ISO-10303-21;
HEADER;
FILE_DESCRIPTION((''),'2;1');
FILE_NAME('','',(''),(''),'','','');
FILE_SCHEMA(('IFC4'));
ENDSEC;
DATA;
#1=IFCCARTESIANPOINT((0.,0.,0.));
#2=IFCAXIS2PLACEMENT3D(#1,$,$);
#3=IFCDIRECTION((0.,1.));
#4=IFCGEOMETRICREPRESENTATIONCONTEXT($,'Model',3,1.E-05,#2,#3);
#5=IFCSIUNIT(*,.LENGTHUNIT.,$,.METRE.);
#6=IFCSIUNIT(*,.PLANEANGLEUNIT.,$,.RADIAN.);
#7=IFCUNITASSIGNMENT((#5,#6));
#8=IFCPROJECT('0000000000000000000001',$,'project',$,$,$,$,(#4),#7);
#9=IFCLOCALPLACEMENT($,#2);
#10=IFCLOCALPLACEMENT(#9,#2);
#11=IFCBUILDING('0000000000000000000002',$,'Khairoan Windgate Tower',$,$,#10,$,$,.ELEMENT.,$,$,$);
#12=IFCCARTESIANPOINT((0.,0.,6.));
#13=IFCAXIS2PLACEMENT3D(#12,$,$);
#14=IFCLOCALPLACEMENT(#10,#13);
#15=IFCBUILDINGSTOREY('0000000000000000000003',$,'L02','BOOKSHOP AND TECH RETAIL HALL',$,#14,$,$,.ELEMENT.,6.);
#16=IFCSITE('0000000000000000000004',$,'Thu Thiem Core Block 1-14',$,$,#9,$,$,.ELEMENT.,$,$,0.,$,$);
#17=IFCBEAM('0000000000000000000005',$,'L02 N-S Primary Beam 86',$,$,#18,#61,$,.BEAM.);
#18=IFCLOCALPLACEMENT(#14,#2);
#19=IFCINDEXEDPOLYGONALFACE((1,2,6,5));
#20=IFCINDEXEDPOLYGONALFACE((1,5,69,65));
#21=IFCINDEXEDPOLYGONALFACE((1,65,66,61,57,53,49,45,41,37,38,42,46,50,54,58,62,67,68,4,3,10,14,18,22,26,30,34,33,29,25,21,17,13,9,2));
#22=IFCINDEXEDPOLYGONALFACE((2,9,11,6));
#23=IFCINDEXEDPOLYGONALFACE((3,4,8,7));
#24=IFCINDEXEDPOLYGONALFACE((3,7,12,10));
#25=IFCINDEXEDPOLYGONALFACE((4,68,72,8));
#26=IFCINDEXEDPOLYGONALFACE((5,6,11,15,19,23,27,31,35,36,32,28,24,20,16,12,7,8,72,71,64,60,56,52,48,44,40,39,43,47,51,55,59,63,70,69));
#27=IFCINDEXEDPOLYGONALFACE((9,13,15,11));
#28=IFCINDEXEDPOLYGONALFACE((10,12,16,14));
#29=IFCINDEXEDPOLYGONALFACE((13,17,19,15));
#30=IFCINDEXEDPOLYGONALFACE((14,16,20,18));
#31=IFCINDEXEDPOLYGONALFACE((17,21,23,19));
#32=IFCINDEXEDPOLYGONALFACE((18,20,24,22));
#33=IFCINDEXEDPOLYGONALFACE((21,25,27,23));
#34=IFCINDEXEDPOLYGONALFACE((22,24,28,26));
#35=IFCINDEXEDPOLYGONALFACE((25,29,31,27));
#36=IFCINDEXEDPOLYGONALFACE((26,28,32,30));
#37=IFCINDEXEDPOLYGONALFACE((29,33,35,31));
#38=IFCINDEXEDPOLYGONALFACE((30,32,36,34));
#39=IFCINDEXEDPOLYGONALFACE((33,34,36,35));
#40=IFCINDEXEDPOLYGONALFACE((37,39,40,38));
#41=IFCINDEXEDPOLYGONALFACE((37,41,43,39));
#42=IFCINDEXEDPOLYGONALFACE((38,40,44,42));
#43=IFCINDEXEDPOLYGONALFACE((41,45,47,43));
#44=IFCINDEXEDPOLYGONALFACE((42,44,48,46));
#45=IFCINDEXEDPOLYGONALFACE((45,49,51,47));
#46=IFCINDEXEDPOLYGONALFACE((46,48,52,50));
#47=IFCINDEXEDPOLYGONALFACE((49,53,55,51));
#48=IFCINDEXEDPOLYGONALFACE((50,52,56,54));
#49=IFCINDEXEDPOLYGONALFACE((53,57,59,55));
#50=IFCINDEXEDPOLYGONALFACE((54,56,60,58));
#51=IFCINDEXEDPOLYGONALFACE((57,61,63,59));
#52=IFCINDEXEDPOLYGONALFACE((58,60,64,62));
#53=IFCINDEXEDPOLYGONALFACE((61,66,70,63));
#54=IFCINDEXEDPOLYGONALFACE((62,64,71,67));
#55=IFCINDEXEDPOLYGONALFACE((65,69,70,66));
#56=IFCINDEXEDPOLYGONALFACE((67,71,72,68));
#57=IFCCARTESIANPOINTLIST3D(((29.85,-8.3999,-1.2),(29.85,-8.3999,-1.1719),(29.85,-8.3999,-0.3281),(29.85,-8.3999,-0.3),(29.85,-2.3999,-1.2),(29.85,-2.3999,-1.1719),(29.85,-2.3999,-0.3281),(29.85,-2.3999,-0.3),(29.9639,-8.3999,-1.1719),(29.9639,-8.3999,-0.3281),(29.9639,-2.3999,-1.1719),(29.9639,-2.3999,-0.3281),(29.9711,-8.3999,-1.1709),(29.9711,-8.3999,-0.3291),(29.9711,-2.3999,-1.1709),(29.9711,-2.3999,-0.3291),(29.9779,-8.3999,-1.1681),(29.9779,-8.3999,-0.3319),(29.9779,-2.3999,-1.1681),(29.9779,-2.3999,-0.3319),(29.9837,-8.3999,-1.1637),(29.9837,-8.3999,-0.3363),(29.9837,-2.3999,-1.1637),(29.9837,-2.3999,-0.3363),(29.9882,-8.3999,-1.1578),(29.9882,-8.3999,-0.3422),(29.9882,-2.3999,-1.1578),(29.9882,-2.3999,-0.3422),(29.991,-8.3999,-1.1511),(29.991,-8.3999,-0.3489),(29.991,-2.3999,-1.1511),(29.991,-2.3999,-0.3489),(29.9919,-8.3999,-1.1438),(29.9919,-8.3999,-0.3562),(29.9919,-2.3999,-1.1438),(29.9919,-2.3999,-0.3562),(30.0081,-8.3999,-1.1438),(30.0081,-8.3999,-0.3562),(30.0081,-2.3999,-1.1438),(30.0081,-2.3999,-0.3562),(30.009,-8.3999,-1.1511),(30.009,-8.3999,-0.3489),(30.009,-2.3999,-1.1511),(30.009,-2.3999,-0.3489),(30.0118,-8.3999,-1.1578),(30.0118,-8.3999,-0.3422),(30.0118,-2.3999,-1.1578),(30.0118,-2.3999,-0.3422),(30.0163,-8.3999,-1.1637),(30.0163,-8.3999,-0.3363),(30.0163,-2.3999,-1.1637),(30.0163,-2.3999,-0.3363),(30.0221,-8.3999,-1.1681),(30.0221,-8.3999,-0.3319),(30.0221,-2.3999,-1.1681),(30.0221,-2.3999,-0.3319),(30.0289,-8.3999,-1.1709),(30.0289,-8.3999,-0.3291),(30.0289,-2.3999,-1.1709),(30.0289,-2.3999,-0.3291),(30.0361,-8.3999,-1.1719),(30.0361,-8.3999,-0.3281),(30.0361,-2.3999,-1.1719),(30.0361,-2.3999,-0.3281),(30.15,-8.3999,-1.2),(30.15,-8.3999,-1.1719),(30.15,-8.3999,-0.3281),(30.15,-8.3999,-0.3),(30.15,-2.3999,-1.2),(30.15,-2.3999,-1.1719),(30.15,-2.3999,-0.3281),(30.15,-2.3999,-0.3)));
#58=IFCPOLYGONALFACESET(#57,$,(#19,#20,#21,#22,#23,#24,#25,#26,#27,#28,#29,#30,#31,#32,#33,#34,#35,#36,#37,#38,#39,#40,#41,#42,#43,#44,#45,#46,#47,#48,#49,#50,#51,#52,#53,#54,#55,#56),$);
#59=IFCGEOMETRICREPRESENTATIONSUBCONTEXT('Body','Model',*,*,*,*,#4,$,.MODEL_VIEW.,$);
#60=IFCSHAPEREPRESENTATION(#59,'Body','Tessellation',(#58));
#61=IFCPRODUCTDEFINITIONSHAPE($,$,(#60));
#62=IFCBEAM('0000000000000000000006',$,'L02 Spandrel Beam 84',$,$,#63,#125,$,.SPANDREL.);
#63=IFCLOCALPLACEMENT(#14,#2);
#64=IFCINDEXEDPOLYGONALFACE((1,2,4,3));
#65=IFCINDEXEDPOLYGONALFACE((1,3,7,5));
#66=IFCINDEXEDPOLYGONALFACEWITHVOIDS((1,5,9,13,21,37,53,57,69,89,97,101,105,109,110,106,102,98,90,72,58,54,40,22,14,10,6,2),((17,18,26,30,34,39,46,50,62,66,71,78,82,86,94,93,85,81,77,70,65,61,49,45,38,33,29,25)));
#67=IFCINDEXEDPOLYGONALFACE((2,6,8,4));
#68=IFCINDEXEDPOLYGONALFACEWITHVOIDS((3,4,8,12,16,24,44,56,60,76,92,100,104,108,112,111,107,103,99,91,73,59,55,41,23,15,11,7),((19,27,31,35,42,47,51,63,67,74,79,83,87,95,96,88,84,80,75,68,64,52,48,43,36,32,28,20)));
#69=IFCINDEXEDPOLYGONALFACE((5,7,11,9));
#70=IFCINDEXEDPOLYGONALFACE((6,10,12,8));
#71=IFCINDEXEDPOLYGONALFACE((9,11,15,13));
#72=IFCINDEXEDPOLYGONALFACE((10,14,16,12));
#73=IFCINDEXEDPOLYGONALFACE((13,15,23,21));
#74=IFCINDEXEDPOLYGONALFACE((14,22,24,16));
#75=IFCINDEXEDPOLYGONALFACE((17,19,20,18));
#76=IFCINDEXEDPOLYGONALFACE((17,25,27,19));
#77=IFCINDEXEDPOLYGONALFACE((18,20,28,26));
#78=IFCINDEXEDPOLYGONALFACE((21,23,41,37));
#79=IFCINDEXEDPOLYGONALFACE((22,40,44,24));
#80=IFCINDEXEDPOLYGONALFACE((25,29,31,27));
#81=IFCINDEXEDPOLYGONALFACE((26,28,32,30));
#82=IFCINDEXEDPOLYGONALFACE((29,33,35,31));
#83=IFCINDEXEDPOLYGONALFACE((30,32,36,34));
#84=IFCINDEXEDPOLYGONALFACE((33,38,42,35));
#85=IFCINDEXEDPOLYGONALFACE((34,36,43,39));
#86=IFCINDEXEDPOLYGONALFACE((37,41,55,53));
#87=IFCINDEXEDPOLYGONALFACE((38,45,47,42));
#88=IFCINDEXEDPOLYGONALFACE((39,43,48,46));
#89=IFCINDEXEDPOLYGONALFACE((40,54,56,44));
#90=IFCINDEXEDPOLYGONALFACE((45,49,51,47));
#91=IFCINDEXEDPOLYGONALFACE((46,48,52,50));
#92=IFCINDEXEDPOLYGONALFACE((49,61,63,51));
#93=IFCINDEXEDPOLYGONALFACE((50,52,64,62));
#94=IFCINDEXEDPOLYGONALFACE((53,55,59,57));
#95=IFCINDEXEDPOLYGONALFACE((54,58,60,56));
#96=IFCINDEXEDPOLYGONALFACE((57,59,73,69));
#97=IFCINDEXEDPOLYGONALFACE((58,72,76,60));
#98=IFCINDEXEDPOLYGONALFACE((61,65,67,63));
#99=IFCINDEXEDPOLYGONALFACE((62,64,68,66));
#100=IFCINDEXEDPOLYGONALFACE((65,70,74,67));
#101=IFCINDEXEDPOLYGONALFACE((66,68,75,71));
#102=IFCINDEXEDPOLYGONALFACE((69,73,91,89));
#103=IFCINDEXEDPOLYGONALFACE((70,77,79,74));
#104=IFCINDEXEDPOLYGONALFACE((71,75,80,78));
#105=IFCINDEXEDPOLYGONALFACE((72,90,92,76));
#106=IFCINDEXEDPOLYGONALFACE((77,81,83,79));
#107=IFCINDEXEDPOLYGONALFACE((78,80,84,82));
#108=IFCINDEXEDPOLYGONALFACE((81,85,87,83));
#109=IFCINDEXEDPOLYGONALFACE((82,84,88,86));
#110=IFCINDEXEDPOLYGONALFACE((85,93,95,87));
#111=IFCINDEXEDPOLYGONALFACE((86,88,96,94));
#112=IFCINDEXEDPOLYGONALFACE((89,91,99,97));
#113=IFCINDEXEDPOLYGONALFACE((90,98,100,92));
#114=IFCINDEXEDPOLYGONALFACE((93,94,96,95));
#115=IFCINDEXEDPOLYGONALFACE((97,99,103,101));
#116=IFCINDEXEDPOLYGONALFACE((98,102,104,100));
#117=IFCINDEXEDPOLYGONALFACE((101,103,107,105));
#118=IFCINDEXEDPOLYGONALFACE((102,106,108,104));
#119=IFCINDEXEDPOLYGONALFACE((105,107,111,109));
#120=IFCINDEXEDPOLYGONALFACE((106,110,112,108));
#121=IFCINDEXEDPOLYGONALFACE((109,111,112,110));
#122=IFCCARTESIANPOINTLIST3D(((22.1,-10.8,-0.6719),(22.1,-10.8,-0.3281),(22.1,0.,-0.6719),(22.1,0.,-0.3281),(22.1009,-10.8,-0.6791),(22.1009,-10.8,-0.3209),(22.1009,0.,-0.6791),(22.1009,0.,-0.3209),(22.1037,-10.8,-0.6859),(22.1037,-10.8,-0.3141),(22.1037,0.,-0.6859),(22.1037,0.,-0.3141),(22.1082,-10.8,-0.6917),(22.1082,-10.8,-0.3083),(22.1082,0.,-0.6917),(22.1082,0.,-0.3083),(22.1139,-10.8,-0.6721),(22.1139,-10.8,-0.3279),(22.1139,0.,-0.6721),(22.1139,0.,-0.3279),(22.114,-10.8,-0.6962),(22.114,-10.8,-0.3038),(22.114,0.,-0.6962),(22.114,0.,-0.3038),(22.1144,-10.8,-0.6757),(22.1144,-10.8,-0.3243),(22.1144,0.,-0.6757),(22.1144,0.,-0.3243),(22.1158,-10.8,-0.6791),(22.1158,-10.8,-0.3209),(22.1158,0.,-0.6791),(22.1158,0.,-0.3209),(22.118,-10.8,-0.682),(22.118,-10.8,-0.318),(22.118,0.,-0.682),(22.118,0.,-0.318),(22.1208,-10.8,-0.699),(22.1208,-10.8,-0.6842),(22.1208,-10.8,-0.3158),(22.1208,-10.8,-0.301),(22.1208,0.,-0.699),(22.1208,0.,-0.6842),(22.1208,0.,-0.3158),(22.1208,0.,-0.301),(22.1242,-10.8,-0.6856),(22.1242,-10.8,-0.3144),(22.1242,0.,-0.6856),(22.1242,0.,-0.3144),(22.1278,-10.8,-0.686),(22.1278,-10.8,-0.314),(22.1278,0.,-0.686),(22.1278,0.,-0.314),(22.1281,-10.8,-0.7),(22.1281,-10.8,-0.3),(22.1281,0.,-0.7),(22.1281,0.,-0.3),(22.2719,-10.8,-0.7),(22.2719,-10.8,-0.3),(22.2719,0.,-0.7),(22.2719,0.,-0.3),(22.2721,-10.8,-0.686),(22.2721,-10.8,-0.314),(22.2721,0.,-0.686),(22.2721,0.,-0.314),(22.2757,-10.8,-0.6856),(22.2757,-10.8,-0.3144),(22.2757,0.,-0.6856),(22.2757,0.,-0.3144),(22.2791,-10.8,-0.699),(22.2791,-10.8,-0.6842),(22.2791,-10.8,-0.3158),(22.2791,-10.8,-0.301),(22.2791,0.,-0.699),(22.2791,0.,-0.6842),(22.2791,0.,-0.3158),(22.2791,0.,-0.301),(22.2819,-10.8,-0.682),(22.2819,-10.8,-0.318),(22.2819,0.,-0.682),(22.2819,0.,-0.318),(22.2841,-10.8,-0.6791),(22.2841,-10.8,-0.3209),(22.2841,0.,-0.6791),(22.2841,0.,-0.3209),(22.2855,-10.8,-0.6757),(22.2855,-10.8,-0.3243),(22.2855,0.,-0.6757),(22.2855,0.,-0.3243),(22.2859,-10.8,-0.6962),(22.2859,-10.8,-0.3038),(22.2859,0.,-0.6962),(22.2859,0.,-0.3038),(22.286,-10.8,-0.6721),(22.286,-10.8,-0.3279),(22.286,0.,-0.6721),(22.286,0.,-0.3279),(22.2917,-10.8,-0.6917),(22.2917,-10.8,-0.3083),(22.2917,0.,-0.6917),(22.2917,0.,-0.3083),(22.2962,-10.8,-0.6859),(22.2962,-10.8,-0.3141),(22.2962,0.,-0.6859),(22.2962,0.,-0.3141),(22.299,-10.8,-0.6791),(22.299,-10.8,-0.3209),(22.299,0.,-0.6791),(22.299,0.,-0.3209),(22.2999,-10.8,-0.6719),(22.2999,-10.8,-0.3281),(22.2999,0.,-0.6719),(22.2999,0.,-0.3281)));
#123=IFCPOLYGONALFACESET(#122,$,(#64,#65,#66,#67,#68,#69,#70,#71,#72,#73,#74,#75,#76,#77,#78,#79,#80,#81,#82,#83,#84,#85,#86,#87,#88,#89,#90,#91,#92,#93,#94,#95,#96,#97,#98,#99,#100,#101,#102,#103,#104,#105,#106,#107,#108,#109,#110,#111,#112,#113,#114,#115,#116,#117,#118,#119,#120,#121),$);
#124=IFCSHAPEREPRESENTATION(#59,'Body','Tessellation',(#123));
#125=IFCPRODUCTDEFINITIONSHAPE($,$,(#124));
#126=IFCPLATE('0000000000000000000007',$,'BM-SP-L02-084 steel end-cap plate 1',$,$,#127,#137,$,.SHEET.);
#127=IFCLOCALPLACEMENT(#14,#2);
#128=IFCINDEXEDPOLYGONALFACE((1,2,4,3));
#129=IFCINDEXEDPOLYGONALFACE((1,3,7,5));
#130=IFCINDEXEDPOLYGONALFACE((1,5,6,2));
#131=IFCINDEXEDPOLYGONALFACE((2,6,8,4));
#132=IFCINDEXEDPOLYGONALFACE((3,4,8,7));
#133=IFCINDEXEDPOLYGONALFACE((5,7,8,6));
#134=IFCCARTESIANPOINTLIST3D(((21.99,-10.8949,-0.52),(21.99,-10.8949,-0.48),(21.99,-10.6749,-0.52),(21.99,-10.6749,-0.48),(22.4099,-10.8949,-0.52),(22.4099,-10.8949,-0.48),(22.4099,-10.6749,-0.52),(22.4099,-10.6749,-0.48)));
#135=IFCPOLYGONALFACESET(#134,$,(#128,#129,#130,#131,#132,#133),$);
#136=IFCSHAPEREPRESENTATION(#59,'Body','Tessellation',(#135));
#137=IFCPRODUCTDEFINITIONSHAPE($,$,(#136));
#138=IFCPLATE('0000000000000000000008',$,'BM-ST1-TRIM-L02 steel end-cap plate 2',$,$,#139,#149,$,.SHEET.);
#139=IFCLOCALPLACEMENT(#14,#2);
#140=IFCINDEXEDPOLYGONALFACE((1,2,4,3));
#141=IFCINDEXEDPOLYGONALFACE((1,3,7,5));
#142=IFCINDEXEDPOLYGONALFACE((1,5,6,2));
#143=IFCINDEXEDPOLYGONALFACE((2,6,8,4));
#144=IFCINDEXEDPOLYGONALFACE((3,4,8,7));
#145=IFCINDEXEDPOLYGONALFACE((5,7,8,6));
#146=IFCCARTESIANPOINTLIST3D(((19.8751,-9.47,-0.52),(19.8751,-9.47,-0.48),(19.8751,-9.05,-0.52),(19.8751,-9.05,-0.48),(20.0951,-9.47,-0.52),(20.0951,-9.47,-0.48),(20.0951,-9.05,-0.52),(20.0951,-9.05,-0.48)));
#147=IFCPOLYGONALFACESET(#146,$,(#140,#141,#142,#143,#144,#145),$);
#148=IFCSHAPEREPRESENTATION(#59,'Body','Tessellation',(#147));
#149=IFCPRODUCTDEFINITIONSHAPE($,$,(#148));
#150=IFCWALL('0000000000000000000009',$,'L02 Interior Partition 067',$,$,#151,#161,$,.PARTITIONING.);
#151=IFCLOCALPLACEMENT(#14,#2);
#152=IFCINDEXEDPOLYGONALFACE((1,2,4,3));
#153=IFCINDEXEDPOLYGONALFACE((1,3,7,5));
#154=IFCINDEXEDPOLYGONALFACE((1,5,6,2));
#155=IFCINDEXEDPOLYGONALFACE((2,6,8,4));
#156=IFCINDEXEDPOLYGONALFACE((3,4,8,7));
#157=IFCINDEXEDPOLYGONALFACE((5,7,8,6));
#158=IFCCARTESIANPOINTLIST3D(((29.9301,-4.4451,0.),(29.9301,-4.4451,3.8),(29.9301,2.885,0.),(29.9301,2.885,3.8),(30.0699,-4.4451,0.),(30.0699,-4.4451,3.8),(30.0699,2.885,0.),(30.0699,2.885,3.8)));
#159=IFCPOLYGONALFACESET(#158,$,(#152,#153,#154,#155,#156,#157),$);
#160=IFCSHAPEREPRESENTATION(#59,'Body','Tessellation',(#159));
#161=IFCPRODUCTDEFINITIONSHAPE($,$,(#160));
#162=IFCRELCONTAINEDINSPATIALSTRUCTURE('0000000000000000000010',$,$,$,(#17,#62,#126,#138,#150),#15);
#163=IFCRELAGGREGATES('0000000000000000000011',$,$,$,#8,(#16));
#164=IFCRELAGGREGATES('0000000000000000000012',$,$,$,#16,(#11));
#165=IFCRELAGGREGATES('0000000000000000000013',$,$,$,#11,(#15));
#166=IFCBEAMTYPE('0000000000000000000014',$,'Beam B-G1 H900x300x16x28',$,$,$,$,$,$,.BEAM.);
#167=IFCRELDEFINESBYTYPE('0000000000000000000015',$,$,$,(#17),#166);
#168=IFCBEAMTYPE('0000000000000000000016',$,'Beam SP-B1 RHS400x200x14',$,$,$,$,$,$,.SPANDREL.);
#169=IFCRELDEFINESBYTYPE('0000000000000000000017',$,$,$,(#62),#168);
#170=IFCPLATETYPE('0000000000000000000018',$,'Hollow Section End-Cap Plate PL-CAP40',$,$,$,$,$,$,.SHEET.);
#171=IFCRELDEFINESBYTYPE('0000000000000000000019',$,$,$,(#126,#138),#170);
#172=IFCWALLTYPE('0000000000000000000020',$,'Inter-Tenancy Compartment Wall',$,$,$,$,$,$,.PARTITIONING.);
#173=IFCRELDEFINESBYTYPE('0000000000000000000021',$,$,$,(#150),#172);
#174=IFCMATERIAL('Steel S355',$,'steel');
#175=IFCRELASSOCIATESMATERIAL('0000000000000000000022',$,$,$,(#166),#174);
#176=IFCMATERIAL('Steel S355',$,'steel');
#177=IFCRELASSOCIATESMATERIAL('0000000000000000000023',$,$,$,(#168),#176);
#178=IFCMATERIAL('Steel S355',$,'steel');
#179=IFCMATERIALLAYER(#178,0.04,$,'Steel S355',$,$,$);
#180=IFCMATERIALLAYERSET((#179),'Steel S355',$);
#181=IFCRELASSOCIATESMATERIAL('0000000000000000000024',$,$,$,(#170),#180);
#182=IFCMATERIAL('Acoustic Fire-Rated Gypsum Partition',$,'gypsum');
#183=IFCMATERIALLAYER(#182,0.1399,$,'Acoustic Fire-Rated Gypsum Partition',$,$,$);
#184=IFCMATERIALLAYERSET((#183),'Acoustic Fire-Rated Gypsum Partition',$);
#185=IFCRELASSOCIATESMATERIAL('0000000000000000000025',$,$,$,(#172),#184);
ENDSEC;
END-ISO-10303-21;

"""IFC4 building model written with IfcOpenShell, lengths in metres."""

from ifc_helpers import new_model, si_unit, direction, frame, frame_2d, origin, origin_2d, place, context, subcontext, project, spatial, rectangle, hollow_rectangle, i_section, extrude, material, layer, layer_set, material_profile, profile_set, type_object, element, save


model = new_model("IFC4")

# Units and contexts
model_context = context("Model", 3, precision=1e-05, world=origin(), true_north=direction((0.0, 1.0)))
body_context = subcontext(model_context, "Body", "Model", "MODEL_VIEW")
ifc_project = project(units=[si_unit("LENGTHUNIT", "METRE"), si_unit("PLANEANGLEUNIT", "RADIAN")], contexts=[model_context])

# Site, building, storey
site_placement = place(None, origin())
site = spatial("IfcSite", under=ifc_project, at=site_placement, Name="Thu Thiem Core Block 1-14", CompositionType="ELEMENT", RefElevation=0.0)
building_placement = place(site_placement, origin())
building = spatial("IfcBuilding", under=site, at=building_placement, Name="Khairoan Windgate Tower", CompositionType="ELEMENT")
storey_placement = place(building_placement, frame((0.0, 0.0, 6.0)))
storey = spatial("IfcBuildingStorey", under=building, at=storey_placement, Name="L02", Description="BOOKSHOP AND TECH RETAIL HALL", CompositionType="ELEMENT", Elevation=6.0)

# Beams
ifc_material_1 = material(Name="Steel S355", Category="steel")
ifc_material_profile_1 = material_profile(ifc_material_1, i_section(OverallWidth=0.3, OverallDepth=0.8999, WebThickness=0.0161, FlangeThickness=0.0281, FilletRadius=0.0281, at=origin_2d()))
ifc_profile_set_1 = profile_set([ifc_material_profile_1], Name="Steel S355")
beam_type_1 = type_object("IfcBeamType", Name="Beam B-G1 H900x300x16x28", PredefinedType="BEAM", material=ifc_profile_set_1)
beam_1_placement = place(storey_placement, frame((30.0, -8.3999, -0.75), z_axis=(0.0, 1.0, 0.0), x_axis=(-1.0, 0.0, 0.0)))
element("IfcBeam", 1, at=beam_1_placement, inside=storey, type_object=beam_type_1, Name="L02 N-S Primary Beam 86", PredefinedType="BEAM", context=body_context, shape_type="SweptSolid", body=[
    extrude(i_section(OverallWidth=0.3, OverallDepth=0.8999, WebThickness=0.0161, FlangeThickness=0.0281, FilletRadius=0.0281, at=origin_2d()), origin(), (0.0, 0.0, 1.0), 6.0),
])
ifc_material_2 = material(Name="Steel S355", Category="steel")
ifc_material_profile_2 = material_profile(ifc_material_2, hollow_rectangle(XDim=0.2, YDim=0.3999, WallThickness=0.0139, InnerFilletRadius=0.0139, OuterFilletRadius=0.0281, at=origin_2d()))
ifc_profile_set_2 = profile_set([ifc_material_profile_2], Name="Steel S355")
beam_type_2 = type_object("IfcBeamType", Name="Beam SP-B1 RHS400x200x14", PredefinedType="SPANDREL", material=ifc_profile_set_2)
beam_2_placement = place(storey_placement, frame((22.2, -10.8, -0.5), z_axis=(0.0, 1.0, 0.0), x_axis=(-1.0, 0.0, 0.0)))
element("IfcBeam", 2, at=beam_2_placement, inside=storey, type_object=beam_type_2, Name="L02 Spandrel Beam 84", PredefinedType="SPANDREL", context=body_context, shape_type="SweptSolid", body=[
    extrude(hollow_rectangle(XDim=0.2, YDim=0.3999, WallThickness=0.0139, InnerFilletRadius=0.0139, OuterFilletRadius=0.0281, at=origin_2d()), origin(), (0.0, 0.0, 1.0), 10.8),
])

# Plates
ifc_material_3 = material(Name="Steel S355", Category="steel")
ifc_layer_1 = layer(ifc_material_3, 0.04, Name="Steel S355")
ifc_layer_set_1 = layer_set([ifc_layer_1], Name="Steel S355")
plate_type = type_object("IfcPlateType", Name="Hollow Section End-Cap Plate PL-CAP40", PredefinedType="SHEET", material=ifc_layer_set_1)
for number, where, z_axis, x_axis, name in (
    (3, (22.2, -10.7849, -0.52), (0.0, 0.0, 1.0), (0.0, 1.0, 0.0), "BM-SP-L02-084 steel end-cap plate 1"),
    (4, (19.9851, -9.26, -0.52), (0.0, 0.0, 1.0), (1.0, 0.0, 0.0), "BM-ST1-TRIM-L02 steel end-cap plate 2"),
):
    element("IfcPlate", number, at=place(storey_placement, frame(where, z_axis=z_axis, x_axis=x_axis)), inside=storey, type_object=plate_type, Name=name, PredefinedType="SHEET", context=body_context, shape_type="SweptSolid", body=[
        extrude(rectangle(XDim=0.22, YDim=0.4199, at=origin_2d()), origin(), (0.0, 0.0, 1.0), 0.04),
    ])

# Wall
ifc_material_4 = material(Name="Acoustic Fire-Rated Gypsum Partition", Category="gypsum")
ifc_layer_2 = layer(ifc_material_4, 0.1399, Name="Acoustic Fire-Rated Gypsum Partition")
ifc_layer_set_2 = layer_set([ifc_layer_2], Name="Acoustic Fire-Rated Gypsum Partition")
wall_type_1 = type_object("IfcWallType", Name="Inter-Tenancy Compartment Wall", PredefinedType="PARTITIONING", material=ifc_layer_set_2)
wall_1_placement = place(storey_placement, frame((30.0, -4.4451, 0.0), z_axis=(0.0, 0.0, 1.0), x_axis=(0.0, 1.0, 0.0)))
element("IfcWall", 5, at=wall_1_placement, inside=storey, type_object=wall_type_1, Name="L02 Interior Partition 067", PredefinedType="PARTITIONING", context=body_context, shape_type="SweptSolid", body=[
    extrude(rectangle(XDim=7.3301, YDim=0.1399, at=frame_2d((3.665, 0.0))), origin(), (0.0, 0.0, 1.0), 3.8),
])

save(model, "model.ifc")
